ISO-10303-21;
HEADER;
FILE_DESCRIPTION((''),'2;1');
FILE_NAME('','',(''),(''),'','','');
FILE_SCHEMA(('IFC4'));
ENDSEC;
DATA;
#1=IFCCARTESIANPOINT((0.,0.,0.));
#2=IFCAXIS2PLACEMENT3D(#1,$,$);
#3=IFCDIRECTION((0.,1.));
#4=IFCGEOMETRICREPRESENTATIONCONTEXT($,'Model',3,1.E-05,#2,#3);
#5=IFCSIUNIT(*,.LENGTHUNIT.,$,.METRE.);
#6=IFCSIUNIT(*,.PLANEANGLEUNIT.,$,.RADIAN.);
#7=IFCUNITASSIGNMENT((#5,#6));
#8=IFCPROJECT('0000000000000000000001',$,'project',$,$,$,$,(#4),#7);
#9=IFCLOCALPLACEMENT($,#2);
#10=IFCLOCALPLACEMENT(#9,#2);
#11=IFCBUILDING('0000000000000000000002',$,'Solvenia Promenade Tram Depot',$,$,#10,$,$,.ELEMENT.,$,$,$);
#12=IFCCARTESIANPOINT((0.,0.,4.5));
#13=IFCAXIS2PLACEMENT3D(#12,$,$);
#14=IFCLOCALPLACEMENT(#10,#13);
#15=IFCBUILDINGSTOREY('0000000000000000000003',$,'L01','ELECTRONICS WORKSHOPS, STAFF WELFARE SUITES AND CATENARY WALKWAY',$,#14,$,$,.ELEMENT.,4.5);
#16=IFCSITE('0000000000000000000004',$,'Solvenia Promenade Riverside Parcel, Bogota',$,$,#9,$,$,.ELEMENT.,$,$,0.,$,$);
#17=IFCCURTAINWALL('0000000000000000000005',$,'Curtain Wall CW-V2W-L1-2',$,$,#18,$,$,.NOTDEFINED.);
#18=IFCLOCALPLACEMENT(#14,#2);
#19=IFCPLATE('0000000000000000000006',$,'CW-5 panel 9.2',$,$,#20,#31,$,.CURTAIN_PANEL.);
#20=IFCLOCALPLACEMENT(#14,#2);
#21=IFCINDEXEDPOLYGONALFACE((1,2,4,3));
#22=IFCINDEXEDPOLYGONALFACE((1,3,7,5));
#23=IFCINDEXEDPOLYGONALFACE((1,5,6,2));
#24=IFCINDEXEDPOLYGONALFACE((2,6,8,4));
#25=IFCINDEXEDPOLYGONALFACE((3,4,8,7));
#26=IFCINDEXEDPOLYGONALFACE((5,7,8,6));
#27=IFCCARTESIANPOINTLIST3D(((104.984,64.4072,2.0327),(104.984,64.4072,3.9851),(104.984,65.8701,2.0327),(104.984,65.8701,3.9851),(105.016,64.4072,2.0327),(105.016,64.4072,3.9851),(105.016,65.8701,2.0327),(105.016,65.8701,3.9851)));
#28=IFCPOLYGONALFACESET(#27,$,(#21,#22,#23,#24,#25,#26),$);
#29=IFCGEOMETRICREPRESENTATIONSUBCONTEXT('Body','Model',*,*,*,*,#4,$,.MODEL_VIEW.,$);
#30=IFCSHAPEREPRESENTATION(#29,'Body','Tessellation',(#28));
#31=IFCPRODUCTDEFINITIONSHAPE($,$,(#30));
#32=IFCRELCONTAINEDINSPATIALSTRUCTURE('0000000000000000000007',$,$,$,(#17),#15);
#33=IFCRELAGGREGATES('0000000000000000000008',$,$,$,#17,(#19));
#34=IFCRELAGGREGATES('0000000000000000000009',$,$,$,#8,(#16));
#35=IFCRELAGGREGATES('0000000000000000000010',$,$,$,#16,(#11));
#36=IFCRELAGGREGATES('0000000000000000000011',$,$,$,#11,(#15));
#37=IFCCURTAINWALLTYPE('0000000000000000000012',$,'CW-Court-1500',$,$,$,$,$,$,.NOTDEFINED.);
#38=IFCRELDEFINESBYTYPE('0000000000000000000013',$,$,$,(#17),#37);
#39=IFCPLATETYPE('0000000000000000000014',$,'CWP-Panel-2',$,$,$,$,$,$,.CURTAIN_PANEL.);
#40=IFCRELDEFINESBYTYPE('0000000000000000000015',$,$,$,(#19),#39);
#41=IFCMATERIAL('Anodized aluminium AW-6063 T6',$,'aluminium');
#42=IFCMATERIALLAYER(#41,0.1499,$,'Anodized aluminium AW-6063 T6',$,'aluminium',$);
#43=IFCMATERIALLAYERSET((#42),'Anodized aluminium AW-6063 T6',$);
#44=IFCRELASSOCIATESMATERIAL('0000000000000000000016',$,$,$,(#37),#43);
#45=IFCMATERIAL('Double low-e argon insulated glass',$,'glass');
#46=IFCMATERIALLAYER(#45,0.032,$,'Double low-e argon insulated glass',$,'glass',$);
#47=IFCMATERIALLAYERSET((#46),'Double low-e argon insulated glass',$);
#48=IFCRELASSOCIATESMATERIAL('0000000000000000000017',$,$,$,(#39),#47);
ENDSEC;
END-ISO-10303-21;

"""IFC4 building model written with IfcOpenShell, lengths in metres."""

from ifc_helpers import new_model, si_unit, direction, frame, origin, origin_2d, place, context, subcontext, project, spatial, rectangle, extrude, material, layer, layer_set, type_object, element, aggregate, save


model = new_model("IFC4")

# Units and contexts
model_context = context("Model", 3, precision=1e-05, world=origin(), true_north=direction((0.0, 1.0)))
body_context = subcontext(model_context, "Body", "Model", "MODEL_VIEW")
ifc_project = project(units=[si_unit("LENGTHUNIT", "METRE"), si_unit("PLANEANGLEUNIT", "RADIAN")], contexts=[model_context])

# Site, building, storey
site_placement = place(None, origin())
site = spatial("IfcSite", under=ifc_project, at=site_placement, Name="Solvenia Promenade Riverside Parcel, Bogota", CompositionType="ELEMENT", RefElevation=0.0)
building_placement = place(site_placement, origin())
building = spatial("IfcBuilding", under=site, at=building_placement, Name="Solvenia Promenade Tram Depot", CompositionType="ELEMENT")
storey_placement = place(building_placement, frame((0.0, 0.0, 4.5)))
storey = spatial("IfcBuildingStorey", under=building, at=storey_placement, Name="L01", Description="ELECTRONICS WORKSHOPS, STAFF WELFARE SUITES AND CATENARY WALKWAY", CompositionType="ELEMENT", Elevation=4.5)

# Curtain wall
ifc_material_1 = material(Name="Anodized aluminium AW-6063 T6", Category="aluminium")
ifc_layer_1 = layer(ifc_material_1, 0.1499, Name="Anodized aluminium AW-6063 T6", Category="aluminium")
ifc_layer_set_1 = layer_set([ifc_layer_1], Name="Anodized aluminium AW-6063 T6")
curtain_wall_type = type_object("IfcCurtainWallType", Name="CW-Court-1500", PredefinedType="NOTDEFINED", material=ifc_layer_set_1)
curtain_wall_placement = place(storey_placement, origin())
curtain_wall = element("IfcCurtainWall", 1, at=curtain_wall_placement, inside=storey, type_object=curtain_wall_type, Name="Curtain Wall CW-V2W-L1-2", PredefinedType="NOTDEFINED")

# Plate
ifc_material_2 = material(Name="Double low-e argon insulated glass", Category="glass")
ifc_layer_2 = layer(ifc_material_2, 0.032, Name="Double low-e argon insulated glass", Category="glass")
ifc_layer_set_2 = layer_set([ifc_layer_2], Name="Double low-e argon insulated glass")
plate_type = type_object("IfcPlateType", Name="CWP-Panel-2", PredefinedType="CURTAIN_PANEL", material=ifc_layer_set_2)
plate_1_placement = place(storey_placement, frame((105.0, 65.1387, 2.0327), z_axis=(0.0, 0.0, 1.0), x_axis=(0.0, 1.0, 0.0)))
plate_1 = element("IfcPlate", 2, at=plate_1_placement, type_object=plate_type, Name="CW-5 panel 9.2", PredefinedType="CURTAIN_PANEL", context=body_context, shape_type="SweptSolid", body=[
    extrude(rectangle(XDim=1.4629, YDim=0.032, at=origin_2d()), origin(), (0.0, 0.0, 1.0), 1.9524),
])
aggregate(curtain_wall, [plate_1])

save(model, "model.ifc")
